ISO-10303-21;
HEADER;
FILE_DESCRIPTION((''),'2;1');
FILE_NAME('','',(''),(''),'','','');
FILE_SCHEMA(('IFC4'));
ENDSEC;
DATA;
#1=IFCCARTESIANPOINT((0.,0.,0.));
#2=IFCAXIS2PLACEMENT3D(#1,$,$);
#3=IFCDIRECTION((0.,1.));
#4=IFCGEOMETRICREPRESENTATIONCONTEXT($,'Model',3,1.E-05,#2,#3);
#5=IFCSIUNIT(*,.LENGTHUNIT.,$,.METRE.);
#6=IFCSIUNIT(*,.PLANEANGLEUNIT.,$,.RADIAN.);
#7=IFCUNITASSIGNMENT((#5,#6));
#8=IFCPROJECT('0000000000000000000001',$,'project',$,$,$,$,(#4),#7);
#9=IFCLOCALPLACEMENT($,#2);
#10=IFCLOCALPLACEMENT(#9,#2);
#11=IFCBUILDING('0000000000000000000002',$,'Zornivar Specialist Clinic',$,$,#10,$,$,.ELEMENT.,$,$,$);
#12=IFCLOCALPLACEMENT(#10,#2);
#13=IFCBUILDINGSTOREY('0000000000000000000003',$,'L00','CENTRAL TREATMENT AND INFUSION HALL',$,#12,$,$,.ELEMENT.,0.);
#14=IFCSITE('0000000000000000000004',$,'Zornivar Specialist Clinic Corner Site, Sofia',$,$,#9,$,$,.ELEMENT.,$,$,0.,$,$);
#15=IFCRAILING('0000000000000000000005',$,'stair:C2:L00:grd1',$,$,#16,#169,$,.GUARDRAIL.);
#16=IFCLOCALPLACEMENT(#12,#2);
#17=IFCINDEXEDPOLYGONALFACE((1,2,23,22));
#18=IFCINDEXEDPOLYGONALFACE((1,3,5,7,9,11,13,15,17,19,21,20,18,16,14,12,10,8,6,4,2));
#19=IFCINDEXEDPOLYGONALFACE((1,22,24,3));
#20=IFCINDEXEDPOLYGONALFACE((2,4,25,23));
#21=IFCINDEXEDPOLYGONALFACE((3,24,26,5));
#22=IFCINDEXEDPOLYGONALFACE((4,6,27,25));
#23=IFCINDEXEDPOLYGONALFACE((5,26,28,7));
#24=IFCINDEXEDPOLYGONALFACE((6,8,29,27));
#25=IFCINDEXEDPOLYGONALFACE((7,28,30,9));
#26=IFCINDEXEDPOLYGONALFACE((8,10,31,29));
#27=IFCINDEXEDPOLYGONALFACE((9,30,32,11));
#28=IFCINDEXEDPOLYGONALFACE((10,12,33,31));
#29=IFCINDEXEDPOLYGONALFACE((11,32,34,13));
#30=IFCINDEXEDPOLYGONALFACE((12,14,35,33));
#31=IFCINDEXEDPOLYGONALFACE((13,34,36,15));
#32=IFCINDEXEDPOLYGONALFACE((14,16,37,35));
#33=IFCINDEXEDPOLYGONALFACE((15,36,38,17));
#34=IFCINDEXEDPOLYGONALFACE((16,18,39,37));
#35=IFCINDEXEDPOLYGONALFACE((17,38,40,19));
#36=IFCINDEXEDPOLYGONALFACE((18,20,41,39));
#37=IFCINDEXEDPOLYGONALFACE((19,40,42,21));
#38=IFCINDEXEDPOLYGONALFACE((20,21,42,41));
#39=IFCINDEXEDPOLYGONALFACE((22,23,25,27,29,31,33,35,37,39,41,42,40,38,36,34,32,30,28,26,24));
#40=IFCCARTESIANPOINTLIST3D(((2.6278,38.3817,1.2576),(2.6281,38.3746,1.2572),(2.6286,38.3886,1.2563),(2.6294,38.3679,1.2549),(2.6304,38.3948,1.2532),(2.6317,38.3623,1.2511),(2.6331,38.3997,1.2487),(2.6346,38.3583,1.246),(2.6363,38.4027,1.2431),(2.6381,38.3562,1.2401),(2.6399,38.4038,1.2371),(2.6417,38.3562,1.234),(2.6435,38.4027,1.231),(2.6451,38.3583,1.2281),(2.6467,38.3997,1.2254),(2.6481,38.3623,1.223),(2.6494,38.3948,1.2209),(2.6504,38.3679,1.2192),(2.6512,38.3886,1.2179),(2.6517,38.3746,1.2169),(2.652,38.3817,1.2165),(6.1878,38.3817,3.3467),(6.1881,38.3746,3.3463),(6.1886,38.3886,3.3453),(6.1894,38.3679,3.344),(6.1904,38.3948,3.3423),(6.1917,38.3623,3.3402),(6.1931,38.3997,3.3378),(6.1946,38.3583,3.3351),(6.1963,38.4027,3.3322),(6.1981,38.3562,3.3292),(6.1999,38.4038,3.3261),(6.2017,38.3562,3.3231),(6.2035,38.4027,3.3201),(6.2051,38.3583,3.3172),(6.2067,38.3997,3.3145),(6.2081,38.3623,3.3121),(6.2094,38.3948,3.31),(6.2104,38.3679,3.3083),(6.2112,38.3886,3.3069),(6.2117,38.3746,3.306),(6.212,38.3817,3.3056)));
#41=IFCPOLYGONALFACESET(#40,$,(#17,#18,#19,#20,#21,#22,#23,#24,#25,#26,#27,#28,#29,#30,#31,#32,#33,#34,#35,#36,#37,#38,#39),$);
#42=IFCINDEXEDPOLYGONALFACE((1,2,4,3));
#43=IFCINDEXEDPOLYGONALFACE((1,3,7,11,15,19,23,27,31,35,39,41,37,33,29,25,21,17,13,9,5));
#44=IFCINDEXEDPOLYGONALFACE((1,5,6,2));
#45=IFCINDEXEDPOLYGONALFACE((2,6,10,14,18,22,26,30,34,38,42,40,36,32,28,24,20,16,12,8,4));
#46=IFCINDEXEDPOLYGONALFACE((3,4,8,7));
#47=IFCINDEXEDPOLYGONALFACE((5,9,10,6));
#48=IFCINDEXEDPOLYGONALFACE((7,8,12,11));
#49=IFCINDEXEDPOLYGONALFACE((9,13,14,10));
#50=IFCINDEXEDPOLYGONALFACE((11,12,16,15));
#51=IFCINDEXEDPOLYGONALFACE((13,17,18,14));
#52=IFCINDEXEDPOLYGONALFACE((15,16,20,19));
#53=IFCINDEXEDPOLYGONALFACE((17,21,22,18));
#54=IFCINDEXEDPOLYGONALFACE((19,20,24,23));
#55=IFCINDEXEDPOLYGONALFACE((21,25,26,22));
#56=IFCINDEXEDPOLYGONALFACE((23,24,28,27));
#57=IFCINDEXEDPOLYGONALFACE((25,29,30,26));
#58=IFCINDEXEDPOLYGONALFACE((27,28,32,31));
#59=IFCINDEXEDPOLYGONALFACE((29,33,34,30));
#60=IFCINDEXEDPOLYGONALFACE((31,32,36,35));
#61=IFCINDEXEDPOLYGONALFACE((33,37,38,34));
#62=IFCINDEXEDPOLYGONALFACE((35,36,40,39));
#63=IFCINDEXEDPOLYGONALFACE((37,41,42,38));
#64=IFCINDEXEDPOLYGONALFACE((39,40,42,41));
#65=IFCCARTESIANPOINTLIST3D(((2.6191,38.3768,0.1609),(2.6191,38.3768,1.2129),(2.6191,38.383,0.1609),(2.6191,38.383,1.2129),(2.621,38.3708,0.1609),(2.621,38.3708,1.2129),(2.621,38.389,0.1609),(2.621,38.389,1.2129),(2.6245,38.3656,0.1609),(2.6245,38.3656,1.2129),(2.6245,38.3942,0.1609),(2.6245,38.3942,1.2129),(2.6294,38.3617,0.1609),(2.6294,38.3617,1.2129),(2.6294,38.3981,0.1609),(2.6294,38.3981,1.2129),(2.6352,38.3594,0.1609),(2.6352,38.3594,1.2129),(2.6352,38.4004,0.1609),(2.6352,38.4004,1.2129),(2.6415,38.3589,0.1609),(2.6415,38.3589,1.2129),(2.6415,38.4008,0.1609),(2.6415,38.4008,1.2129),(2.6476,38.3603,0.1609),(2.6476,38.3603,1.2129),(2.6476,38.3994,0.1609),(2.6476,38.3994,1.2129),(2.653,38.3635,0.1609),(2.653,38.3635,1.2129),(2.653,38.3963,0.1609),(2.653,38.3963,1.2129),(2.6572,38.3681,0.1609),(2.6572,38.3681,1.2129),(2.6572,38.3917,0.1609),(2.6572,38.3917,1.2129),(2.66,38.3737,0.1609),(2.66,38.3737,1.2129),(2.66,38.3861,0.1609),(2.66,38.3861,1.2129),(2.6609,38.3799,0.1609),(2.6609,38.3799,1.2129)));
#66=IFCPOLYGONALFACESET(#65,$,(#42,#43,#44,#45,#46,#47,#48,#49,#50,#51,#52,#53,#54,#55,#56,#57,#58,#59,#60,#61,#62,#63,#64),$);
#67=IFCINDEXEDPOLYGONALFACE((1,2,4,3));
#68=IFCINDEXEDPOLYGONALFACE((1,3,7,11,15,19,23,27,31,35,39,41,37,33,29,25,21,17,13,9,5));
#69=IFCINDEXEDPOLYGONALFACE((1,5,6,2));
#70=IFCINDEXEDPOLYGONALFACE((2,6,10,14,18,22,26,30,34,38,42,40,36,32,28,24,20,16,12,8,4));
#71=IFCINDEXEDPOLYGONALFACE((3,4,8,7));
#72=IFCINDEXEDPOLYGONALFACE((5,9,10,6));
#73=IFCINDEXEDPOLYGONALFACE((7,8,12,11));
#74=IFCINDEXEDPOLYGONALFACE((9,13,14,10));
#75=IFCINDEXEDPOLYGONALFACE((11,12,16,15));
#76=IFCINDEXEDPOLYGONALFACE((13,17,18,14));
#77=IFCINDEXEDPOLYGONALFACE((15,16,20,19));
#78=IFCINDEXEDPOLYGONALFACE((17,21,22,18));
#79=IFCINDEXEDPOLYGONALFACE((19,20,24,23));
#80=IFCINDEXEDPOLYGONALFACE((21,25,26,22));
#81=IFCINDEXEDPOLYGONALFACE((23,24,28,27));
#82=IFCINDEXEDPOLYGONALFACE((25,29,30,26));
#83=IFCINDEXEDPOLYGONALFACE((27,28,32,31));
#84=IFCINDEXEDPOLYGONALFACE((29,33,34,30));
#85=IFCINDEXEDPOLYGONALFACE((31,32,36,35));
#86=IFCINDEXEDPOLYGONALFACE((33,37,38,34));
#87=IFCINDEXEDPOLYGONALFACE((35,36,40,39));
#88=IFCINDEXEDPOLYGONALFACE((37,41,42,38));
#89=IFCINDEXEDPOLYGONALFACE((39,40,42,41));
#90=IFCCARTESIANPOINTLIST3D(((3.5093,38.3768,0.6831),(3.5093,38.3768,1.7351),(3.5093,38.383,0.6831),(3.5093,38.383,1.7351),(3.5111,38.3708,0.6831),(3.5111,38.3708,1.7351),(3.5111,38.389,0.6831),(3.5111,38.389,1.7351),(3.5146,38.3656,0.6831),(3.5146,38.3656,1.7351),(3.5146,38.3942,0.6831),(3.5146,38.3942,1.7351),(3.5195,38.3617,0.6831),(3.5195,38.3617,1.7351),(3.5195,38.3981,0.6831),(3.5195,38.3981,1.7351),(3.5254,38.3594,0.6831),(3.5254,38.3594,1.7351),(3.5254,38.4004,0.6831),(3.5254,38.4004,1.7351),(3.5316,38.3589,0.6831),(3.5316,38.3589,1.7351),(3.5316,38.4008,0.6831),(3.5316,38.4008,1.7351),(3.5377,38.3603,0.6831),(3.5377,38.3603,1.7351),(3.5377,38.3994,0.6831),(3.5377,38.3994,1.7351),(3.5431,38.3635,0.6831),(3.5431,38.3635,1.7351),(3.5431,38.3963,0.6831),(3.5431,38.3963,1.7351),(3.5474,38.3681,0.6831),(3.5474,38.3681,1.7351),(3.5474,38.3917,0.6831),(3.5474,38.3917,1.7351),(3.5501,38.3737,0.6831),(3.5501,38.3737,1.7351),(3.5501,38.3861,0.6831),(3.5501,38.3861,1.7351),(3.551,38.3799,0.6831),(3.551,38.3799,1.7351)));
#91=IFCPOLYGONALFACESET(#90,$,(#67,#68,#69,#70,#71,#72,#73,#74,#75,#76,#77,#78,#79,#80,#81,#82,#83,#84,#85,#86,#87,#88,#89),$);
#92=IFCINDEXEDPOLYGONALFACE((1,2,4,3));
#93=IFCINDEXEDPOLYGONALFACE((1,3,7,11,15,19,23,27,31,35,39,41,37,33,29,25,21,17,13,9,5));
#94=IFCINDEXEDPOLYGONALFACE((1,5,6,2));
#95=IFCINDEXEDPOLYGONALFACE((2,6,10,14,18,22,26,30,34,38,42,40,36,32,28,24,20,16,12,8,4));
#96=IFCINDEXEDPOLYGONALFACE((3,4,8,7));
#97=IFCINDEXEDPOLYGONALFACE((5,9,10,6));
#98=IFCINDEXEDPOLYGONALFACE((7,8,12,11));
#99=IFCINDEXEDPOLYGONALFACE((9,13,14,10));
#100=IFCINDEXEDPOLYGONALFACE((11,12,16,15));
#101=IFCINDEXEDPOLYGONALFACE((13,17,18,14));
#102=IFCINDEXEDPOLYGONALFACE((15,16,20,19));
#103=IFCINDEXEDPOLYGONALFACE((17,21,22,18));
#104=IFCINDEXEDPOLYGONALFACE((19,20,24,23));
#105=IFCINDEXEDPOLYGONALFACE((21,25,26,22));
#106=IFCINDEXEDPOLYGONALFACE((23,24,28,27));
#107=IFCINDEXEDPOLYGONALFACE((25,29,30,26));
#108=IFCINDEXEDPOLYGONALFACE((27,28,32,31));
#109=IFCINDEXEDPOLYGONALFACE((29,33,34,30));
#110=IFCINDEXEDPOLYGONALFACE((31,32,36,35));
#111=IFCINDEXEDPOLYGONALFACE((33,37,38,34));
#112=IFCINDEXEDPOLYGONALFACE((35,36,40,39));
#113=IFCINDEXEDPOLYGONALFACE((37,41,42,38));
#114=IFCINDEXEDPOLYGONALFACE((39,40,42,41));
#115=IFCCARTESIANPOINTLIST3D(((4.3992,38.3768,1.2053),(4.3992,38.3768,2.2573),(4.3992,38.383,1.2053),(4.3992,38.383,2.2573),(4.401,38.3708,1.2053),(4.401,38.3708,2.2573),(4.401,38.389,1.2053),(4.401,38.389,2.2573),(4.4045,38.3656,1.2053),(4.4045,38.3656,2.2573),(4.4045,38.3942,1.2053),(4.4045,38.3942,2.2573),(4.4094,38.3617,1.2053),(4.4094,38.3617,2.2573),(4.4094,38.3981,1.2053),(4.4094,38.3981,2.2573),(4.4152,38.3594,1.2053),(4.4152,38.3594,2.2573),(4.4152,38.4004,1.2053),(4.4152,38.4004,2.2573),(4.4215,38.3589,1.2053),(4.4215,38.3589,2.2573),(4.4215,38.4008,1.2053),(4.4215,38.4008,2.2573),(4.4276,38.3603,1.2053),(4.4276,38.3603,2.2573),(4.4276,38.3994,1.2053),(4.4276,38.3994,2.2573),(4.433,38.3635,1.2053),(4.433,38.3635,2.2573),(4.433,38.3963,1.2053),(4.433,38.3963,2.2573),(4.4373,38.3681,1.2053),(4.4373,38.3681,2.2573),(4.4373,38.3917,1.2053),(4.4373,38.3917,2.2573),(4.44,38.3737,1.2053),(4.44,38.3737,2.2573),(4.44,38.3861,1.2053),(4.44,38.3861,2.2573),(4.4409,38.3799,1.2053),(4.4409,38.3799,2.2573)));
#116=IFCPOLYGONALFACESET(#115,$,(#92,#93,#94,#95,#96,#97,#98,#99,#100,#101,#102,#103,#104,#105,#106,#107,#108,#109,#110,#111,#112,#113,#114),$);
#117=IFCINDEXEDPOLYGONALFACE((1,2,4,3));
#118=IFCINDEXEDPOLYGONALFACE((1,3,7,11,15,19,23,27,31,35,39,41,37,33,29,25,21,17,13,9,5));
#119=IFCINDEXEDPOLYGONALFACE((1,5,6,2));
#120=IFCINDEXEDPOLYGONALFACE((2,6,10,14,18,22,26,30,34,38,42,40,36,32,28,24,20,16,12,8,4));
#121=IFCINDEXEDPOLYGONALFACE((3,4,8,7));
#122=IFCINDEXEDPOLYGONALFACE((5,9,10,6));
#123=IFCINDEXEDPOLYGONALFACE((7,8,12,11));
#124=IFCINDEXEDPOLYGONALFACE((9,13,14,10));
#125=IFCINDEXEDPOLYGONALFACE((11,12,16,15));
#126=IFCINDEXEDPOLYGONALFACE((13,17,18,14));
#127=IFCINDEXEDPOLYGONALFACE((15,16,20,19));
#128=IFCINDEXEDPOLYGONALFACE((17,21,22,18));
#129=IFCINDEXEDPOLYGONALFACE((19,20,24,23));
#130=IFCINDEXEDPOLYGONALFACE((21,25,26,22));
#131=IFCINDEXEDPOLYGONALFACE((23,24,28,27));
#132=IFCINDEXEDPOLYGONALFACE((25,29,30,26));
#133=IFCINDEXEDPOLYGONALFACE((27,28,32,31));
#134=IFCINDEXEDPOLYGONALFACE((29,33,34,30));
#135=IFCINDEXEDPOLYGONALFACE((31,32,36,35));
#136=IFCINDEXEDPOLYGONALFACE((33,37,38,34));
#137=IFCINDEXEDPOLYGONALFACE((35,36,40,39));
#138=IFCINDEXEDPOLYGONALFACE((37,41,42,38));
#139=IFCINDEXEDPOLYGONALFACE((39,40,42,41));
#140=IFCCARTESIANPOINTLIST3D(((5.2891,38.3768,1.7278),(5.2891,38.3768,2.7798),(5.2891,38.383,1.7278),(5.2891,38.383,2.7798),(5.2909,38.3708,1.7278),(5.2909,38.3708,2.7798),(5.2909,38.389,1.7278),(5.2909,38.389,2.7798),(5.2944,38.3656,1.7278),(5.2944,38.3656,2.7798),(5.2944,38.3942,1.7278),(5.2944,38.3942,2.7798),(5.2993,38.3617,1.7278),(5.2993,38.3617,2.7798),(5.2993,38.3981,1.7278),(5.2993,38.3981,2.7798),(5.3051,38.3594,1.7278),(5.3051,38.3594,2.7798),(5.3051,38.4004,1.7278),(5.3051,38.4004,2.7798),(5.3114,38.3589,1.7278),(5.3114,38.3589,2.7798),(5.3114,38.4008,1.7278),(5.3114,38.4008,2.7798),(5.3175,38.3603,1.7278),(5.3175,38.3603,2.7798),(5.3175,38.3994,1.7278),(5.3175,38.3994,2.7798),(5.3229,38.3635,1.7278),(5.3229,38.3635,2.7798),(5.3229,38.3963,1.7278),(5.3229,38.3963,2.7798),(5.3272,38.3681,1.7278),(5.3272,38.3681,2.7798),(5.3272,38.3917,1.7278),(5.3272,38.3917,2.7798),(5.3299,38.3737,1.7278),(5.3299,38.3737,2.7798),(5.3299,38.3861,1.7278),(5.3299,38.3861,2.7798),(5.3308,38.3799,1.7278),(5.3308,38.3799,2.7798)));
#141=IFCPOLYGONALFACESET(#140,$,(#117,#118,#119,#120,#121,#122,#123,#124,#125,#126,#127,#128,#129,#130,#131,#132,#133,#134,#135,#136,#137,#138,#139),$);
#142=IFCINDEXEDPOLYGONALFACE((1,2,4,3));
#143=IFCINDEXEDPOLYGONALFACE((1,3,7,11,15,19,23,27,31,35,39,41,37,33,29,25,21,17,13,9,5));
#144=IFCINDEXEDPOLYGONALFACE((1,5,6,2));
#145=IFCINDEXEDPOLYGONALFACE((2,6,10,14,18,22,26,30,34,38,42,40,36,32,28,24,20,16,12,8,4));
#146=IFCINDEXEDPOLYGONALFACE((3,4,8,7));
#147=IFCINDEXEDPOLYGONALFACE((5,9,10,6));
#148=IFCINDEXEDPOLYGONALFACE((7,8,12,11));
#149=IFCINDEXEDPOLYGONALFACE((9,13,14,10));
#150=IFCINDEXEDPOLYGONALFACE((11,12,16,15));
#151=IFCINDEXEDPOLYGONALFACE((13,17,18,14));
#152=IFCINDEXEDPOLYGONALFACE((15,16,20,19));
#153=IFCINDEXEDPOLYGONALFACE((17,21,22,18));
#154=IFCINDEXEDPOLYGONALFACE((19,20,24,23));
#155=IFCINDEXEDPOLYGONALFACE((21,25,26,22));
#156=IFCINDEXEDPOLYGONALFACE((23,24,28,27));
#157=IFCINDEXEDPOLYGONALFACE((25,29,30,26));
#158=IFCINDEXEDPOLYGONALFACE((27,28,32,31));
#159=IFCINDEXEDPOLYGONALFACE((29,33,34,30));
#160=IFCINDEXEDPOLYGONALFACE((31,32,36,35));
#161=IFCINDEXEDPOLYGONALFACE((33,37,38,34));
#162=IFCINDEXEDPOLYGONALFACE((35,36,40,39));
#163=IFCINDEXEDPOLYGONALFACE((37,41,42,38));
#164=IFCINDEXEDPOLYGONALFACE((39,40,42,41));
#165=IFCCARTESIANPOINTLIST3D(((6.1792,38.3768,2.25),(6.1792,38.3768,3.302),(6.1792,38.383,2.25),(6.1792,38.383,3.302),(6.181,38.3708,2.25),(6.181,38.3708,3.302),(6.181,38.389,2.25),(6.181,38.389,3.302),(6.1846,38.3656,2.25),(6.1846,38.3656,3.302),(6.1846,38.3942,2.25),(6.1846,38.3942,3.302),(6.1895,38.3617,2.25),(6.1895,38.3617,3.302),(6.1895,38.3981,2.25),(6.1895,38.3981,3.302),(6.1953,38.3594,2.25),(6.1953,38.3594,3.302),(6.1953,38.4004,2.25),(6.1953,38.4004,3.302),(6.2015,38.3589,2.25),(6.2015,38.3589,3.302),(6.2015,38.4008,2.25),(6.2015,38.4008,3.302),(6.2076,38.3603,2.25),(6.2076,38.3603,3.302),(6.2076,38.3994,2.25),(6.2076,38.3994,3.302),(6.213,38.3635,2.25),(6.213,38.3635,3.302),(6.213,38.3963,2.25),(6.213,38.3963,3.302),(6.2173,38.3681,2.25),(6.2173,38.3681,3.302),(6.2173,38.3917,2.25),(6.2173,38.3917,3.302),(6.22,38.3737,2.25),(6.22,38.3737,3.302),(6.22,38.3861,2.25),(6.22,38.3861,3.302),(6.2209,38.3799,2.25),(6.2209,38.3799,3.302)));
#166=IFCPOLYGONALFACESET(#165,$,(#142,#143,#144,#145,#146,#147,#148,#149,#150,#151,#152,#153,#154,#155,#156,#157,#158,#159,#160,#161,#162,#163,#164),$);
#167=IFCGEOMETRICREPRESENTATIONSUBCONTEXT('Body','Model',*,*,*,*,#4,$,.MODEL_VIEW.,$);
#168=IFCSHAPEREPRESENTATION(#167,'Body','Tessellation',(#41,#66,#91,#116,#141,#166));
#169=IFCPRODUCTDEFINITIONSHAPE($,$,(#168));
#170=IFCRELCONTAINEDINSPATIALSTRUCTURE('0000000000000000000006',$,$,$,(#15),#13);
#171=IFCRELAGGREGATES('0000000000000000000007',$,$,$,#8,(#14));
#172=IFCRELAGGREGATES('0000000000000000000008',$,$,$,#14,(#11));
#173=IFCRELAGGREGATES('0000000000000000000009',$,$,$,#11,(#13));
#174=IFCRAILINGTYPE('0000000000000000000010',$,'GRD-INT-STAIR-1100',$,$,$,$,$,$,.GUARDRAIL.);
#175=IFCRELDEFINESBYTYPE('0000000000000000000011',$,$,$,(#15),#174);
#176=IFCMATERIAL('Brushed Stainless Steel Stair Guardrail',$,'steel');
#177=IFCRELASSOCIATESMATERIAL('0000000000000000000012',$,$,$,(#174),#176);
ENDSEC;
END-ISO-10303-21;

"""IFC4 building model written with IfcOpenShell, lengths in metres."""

from ifc_helpers import new_model, si_unit, direction, frame, origin, origin_2d, place, context, subcontext, project, spatial, circle, extrude, material, type_object, element, save


model = new_model("IFC4")

# Units and contexts
model_context = context("Model", 3, precision=1e-05, world=origin(), true_north=direction((0.0, 1.0)))
body_context = subcontext(model_context, "Body", "Model", "MODEL_VIEW")
ifc_project = project(units=[si_unit("LENGTHUNIT", "METRE"), si_unit("PLANEANGLEUNIT", "RADIAN")], contexts=[model_context])

# Site, building, storey
site_placement = place(None, origin())
site = spatial("IfcSite", under=ifc_project, at=site_placement, Name="Zornivar Specialist Clinic Corner Site, Sofia", CompositionType="ELEMENT", RefElevation=0.0)
building_placement = place(site_placement, origin())
building = spatial("IfcBuilding", under=site, at=building_placement, Name="Zornivar Specialist Clinic", CompositionType="ELEMENT")
storey_placement = place(building_placement, origin())
storey = spatial("IfcBuildingStorey", under=building, at=storey_placement, Name="L00", Description="CENTRAL TREATMENT AND INFUSION HALL", CompositionType="ELEMENT", Elevation=0.0)

# Railing
ifc_material_1 = material(Name="Brushed Stainless Steel Stair Guardrail", Category="steel")
railing_type_1 = type_object("IfcRailingType", Name="GRD-INT-STAIR-1100", PredefinedType="GUARDRAIL", material=ifc_material_1)
railing_1_placement = place(storey_placement, frame((2.6399, 38.3799, 0.1609)))
element("IfcRailing", 1, at=railing_1_placement, inside=storey, type_object=railing_type_1, Name="stair:C2:L00:grd1", PredefinedType="GUARDRAIL", context=body_context, shape_type="SweptSolid", body=[
    extrude(circle(Radius=0.0239, at=origin_2d()), frame((0.0, 0.0, 1.0762), z_axis=(0.862467, 0.0, 0.506113), x_axis=(0.0, 1.0, 0.0)), (0.0, 0.0, 1.0), 4.1277),
    extrude(circle(Radius=0.021, at=origin_2d()), origin(), (0.0, 0.0, 1.0), 1.052),
    extrude(circle(Radius=0.021, at=origin_2d()), frame((0.8901, 0.0, 0.5222)), (0.0, 0.0, 1.0), 1.052),
    extrude(circle(Radius=0.021, at=origin_2d()), frame((1.78, 0.0, 1.0444)), (0.0, 0.0, 1.0), 1.052),
    extrude(circle(Radius=0.021, at=origin_2d()), frame((2.6699, 0.0, 1.5669)), (0.0, 0.0, 1.0), 1.052),
    extrude(circle(Radius=0.021, at=origin_2d()), frame((3.5601, 0.0, 2.0891)), (0.0, 0.0, 1.0), 1.052),
])

save(model, "model.ifc")
